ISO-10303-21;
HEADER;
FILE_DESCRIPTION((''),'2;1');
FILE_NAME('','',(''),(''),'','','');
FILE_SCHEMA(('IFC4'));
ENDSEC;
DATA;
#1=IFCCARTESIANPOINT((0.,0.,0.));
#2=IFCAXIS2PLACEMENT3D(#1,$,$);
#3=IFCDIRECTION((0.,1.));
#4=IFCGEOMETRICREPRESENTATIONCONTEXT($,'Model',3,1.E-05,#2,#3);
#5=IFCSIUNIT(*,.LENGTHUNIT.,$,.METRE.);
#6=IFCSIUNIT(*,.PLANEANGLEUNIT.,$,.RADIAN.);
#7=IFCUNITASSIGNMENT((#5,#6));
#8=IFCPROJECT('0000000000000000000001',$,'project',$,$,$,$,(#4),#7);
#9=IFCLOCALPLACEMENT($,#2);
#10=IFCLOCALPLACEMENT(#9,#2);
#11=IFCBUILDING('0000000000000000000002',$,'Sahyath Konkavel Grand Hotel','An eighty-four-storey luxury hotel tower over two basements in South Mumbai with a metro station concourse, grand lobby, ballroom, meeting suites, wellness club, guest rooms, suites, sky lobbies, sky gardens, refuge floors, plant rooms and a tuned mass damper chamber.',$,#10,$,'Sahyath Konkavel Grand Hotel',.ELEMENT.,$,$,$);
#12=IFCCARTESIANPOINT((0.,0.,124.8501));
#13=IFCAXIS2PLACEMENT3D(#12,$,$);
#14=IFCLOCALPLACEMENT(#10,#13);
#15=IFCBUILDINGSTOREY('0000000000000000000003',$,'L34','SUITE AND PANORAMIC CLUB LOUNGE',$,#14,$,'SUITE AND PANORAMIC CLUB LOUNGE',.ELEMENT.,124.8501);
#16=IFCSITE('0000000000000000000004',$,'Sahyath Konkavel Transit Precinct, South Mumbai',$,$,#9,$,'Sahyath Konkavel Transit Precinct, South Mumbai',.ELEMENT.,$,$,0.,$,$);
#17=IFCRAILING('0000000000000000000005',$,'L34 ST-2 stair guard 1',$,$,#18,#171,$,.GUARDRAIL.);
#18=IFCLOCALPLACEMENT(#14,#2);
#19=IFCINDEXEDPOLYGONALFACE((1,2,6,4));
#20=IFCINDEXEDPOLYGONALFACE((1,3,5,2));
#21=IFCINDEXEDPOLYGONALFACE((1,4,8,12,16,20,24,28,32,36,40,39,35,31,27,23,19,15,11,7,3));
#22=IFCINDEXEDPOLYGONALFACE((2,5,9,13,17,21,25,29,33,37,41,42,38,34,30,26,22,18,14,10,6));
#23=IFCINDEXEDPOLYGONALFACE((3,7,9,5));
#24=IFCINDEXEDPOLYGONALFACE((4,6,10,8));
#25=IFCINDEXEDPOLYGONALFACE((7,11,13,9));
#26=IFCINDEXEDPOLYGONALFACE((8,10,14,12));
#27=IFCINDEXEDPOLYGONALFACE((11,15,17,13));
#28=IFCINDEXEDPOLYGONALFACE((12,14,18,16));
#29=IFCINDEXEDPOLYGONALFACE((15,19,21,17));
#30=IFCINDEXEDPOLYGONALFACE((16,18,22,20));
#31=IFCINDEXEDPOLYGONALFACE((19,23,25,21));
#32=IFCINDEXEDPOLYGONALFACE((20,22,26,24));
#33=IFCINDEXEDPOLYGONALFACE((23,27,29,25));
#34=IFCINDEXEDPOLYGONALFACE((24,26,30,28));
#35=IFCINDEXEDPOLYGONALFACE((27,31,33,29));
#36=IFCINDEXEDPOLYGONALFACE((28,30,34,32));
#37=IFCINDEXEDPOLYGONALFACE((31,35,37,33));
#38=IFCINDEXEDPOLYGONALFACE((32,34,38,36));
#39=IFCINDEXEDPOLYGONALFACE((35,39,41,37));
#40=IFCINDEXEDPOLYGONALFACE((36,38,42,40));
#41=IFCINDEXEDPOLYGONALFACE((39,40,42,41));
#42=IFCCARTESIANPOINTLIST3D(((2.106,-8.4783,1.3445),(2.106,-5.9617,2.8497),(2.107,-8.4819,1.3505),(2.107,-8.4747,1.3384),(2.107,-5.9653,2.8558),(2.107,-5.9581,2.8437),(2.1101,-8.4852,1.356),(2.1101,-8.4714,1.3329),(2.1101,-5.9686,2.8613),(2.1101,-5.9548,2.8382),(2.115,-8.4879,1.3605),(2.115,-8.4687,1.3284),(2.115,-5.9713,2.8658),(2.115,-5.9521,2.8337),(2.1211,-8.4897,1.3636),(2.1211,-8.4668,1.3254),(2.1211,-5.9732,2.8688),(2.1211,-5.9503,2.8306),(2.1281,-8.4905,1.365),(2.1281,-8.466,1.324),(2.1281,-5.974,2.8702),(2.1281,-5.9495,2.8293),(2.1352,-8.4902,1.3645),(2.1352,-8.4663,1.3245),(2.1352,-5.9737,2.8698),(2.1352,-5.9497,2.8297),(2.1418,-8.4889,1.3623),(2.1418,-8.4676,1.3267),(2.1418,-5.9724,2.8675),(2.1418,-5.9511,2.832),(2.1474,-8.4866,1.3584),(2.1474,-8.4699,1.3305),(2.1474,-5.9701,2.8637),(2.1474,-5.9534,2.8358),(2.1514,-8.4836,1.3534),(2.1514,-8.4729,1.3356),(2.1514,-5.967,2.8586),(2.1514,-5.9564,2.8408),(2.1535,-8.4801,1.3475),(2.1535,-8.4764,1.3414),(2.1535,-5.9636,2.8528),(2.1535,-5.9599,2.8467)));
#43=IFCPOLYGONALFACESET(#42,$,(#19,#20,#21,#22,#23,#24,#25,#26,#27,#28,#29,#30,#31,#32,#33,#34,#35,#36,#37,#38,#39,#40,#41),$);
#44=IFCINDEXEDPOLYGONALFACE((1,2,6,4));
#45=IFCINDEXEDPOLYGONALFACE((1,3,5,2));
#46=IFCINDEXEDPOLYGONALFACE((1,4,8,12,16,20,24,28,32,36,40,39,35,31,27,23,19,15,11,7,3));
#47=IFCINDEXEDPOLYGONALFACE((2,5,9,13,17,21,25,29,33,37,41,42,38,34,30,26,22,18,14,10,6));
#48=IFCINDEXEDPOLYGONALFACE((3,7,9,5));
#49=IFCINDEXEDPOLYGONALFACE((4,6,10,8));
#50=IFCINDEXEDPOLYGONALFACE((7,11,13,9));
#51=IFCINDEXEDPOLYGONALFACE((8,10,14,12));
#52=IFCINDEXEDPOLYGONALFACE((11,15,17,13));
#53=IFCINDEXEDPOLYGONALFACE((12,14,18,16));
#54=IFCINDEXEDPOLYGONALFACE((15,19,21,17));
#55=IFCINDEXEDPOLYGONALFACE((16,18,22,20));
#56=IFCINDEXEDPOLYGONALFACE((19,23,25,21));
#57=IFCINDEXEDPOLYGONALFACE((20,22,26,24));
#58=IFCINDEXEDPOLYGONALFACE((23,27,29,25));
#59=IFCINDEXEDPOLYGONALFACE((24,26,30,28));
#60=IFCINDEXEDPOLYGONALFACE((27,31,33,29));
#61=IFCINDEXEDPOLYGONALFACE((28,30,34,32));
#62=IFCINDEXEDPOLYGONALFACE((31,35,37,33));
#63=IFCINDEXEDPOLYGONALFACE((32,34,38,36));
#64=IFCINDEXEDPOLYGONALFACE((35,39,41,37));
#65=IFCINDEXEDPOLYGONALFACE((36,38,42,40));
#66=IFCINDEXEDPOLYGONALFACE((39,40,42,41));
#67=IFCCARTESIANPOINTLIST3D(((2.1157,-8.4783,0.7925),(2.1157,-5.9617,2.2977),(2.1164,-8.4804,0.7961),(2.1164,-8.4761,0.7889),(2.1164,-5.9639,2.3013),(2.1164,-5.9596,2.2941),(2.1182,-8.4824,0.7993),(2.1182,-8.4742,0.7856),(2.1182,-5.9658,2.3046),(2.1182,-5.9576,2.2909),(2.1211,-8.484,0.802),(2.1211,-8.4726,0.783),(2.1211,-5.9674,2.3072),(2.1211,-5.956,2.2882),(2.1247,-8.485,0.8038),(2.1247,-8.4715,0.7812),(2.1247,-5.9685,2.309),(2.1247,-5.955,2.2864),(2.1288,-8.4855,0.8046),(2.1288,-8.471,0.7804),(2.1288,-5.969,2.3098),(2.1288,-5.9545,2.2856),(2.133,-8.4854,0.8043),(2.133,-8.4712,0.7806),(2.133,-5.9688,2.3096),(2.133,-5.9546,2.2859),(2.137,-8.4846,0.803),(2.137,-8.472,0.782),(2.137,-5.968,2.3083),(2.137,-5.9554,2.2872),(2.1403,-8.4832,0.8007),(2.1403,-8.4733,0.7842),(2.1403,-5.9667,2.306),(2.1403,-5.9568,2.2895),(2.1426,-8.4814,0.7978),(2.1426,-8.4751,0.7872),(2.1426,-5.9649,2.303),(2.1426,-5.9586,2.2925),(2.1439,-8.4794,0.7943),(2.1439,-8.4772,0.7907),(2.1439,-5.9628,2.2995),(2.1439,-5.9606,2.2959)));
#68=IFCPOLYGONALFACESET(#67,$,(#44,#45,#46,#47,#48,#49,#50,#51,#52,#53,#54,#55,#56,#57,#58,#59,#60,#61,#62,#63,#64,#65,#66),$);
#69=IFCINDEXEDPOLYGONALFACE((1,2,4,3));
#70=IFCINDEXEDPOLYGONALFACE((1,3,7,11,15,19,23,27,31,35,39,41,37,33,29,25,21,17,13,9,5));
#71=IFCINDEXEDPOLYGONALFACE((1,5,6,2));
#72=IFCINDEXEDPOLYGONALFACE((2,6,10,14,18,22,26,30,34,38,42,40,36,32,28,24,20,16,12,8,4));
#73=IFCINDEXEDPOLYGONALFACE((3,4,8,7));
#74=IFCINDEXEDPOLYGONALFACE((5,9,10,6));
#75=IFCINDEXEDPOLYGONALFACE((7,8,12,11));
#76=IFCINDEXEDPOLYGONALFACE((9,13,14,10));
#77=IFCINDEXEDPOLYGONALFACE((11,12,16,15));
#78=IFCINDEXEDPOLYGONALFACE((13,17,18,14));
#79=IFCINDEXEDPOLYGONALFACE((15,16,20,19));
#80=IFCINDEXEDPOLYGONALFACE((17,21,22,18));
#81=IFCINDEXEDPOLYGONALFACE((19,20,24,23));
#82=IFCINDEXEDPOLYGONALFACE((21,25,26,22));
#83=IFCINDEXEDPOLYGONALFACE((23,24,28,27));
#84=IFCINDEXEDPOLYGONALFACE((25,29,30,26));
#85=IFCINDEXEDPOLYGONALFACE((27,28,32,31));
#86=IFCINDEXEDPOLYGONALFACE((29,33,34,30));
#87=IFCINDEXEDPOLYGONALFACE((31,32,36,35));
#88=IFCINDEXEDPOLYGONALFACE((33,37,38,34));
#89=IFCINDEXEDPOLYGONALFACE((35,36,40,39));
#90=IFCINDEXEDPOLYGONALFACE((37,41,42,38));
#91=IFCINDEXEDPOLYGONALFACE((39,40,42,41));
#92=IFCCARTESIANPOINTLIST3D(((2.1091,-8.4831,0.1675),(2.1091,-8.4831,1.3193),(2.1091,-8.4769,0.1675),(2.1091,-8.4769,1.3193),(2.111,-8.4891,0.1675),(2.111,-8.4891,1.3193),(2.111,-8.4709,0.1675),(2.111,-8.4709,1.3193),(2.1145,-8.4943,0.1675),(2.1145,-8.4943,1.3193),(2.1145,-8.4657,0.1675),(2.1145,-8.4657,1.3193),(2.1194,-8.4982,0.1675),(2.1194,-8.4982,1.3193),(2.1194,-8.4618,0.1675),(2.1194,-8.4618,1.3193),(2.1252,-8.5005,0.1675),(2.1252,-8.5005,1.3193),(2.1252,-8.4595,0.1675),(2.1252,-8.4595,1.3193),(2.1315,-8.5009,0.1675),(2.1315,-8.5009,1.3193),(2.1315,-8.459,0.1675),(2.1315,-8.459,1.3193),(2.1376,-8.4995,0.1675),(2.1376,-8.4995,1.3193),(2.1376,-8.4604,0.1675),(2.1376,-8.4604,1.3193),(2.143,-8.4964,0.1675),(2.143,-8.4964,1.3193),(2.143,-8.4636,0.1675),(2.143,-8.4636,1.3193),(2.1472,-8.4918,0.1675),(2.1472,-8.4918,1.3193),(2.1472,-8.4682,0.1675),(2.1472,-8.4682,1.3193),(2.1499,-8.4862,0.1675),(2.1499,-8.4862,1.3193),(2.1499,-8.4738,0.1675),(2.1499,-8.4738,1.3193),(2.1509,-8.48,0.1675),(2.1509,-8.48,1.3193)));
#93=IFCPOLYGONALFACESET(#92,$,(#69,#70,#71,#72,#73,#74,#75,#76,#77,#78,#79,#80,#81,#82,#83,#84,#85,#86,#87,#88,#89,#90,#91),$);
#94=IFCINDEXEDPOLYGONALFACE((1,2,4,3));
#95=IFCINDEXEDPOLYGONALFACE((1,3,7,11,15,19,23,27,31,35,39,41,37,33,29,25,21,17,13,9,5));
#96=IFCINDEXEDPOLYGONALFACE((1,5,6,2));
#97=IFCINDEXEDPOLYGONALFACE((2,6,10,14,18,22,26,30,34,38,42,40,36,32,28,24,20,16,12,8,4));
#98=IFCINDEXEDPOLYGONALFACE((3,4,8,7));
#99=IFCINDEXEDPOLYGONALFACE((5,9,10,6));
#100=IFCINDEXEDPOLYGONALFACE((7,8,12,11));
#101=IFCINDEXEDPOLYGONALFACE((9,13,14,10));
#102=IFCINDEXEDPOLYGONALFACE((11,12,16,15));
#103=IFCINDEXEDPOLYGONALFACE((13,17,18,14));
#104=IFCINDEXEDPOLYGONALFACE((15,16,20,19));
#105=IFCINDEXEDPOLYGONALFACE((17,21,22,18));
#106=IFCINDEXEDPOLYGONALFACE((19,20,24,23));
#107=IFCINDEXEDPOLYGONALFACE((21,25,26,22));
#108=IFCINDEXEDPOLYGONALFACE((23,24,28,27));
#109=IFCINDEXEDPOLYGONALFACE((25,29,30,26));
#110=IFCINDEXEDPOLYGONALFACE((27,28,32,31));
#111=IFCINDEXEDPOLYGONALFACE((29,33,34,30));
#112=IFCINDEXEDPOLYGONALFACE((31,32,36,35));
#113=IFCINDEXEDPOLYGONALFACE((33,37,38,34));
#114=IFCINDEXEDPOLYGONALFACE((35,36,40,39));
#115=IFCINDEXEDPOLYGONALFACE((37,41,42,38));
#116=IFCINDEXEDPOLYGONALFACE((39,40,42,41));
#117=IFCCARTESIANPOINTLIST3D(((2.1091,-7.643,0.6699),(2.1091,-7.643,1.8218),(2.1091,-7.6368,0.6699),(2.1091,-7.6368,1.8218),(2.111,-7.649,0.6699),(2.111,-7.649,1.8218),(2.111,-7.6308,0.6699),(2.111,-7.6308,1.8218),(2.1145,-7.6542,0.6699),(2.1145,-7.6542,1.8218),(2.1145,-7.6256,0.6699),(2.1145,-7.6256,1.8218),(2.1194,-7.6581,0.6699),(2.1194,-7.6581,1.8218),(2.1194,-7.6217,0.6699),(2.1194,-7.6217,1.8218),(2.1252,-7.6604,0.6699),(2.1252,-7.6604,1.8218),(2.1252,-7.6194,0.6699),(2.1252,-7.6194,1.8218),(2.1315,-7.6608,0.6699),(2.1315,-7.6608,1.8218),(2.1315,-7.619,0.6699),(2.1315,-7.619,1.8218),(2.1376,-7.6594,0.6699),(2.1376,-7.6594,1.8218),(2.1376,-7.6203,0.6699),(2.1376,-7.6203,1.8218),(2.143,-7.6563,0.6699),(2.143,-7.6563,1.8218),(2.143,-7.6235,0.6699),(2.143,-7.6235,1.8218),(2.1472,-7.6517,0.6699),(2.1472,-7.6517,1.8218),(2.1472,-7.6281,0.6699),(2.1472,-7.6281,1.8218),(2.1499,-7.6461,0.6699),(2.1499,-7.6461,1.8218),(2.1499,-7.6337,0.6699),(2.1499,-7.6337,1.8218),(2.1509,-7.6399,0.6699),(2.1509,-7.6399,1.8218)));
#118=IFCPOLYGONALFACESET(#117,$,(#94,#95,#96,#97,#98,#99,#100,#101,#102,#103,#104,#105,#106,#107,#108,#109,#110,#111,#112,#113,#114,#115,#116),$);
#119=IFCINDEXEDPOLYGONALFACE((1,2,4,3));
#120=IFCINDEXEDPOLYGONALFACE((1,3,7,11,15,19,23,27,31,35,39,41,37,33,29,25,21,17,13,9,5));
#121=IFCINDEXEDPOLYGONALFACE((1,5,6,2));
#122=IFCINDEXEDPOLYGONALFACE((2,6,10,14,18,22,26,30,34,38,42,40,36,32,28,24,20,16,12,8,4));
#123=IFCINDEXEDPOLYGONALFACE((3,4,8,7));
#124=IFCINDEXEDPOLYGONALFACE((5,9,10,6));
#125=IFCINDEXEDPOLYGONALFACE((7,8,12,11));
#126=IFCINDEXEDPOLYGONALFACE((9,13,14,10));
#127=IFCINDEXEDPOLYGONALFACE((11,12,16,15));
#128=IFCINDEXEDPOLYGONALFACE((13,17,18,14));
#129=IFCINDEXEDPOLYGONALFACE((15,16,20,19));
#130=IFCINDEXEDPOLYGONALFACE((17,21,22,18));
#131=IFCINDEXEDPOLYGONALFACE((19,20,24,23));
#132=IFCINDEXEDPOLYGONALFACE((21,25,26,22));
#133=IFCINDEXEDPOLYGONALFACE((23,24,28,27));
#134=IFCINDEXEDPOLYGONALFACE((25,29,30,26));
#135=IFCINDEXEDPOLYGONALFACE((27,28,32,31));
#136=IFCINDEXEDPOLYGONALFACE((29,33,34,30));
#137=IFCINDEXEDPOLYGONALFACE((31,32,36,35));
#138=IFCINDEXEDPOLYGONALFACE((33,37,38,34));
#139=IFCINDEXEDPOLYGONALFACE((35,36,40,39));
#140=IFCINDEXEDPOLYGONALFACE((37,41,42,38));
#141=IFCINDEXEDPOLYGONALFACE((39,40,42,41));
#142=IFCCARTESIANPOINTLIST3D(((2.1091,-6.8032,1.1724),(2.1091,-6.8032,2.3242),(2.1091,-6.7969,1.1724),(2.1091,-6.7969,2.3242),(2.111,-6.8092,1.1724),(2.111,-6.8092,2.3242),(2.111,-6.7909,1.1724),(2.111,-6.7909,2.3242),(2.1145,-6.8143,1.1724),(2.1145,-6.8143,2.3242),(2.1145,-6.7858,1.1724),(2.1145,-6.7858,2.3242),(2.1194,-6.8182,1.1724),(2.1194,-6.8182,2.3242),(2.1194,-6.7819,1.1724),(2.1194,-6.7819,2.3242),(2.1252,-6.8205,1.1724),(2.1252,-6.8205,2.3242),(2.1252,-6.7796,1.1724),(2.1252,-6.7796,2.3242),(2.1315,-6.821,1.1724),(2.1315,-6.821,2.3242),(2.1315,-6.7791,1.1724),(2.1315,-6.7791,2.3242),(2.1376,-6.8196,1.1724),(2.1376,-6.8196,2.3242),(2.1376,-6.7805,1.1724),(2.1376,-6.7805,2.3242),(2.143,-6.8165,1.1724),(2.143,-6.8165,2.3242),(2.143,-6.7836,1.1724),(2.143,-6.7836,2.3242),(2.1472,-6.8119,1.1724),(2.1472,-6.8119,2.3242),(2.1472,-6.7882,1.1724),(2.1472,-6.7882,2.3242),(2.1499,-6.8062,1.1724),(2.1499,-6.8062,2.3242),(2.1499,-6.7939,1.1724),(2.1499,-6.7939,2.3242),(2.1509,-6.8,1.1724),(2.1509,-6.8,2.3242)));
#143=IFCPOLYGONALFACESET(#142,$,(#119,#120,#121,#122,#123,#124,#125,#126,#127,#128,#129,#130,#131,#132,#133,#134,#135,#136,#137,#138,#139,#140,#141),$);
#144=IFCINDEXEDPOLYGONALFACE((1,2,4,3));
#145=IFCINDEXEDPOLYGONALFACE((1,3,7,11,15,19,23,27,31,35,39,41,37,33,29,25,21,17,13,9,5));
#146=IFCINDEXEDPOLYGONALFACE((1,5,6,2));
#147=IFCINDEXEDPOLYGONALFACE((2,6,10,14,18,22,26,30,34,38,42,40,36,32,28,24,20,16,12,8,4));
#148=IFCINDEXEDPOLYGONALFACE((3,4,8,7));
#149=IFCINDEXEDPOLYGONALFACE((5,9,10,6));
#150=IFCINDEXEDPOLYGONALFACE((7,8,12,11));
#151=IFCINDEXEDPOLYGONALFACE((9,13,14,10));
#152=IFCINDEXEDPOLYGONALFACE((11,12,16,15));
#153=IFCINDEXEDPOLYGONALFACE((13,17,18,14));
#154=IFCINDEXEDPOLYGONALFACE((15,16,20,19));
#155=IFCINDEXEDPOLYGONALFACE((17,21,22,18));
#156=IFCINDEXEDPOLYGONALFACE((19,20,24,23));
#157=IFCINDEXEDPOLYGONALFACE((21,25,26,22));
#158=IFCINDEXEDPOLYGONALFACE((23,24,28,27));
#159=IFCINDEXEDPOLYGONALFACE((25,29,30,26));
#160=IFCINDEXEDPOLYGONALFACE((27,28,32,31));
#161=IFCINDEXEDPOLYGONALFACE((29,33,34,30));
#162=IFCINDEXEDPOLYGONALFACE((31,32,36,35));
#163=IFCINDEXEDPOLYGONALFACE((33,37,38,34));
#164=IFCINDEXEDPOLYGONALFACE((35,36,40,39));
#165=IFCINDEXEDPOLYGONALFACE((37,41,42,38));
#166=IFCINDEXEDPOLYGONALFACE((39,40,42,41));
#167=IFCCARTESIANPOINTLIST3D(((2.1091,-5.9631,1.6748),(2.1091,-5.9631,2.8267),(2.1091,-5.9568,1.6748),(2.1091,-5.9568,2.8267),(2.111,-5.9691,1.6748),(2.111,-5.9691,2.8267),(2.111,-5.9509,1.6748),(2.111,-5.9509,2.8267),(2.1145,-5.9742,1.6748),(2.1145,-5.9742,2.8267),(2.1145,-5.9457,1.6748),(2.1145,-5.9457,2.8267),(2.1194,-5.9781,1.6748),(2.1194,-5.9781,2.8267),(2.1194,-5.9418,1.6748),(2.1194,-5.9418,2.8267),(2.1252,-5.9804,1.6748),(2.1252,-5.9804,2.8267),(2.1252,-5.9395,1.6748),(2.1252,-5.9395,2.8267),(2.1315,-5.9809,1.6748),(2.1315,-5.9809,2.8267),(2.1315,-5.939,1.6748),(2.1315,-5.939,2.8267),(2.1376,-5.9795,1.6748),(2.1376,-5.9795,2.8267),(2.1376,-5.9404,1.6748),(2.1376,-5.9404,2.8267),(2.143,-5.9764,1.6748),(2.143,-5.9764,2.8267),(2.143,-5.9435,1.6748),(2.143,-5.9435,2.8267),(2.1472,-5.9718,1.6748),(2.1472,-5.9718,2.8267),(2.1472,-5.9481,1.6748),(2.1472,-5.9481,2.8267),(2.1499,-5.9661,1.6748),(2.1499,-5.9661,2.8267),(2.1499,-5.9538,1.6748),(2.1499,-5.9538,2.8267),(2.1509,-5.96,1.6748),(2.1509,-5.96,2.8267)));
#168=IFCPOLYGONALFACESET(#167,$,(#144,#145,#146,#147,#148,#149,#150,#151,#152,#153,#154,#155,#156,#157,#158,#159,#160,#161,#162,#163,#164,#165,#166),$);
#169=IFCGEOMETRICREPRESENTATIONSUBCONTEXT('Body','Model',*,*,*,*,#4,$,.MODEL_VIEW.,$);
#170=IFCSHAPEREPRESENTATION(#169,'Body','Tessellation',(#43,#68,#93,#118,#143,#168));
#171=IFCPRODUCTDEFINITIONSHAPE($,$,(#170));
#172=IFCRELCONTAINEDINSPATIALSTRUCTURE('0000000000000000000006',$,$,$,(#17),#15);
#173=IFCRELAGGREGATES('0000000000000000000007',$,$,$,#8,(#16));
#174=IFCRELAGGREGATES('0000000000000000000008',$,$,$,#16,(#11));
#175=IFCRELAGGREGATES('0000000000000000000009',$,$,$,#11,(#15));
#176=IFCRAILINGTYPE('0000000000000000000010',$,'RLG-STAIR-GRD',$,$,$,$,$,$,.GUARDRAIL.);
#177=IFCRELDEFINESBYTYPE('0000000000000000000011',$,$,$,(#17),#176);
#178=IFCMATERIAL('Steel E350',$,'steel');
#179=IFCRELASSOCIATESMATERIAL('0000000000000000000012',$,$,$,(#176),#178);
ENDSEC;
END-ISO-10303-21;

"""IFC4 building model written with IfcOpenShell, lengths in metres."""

from ifc_helpers import new_model, si_unit, direction, frame, origin, origin_2d, place, context, subcontext, project, spatial, circle, extrude, material, type_object, element, save


model = new_model("IFC4")

# Units and contexts
model_context = context("Model", 3, precision=1e-05, world=origin(), true_north=direction((0.0, 1.0)))
body_context = subcontext(model_context, "Body", "Model", "MODEL_VIEW")
ifc_project = project(units=[si_unit("LENGTHUNIT", "METRE"), si_unit("PLANEANGLEUNIT", "RADIAN")], contexts=[model_context])

# Site, building, storey
site_placement = place(None, origin())
site = spatial("IfcSite", under=ifc_project, at=site_placement, Name="Sahyath Konkavel Transit Precinct, South Mumbai", LongName="Sahyath Konkavel Transit Precinct, South Mumbai", CompositionType="ELEMENT", RefElevation=0.0)
building_placement = place(site_placement, origin())
building = spatial("IfcBuilding", under=site, at=building_placement, Name="Sahyath Konkavel Grand Hotel", Description="An eighty-four-storey luxury hotel tower over two basements in South Mumbai with a metro station concourse, grand lobby, ballroom, meeting suites, wellness club, guest rooms, suites, sky lobbies, sky gardens, refuge floors, plant rooms and a tuned mass damper chamber.", LongName="Sahyath Konkavel Grand Hotel", CompositionType="ELEMENT")
storey_placement = place(building_placement, frame((0.0, 0.0, 124.8501)))
storey = spatial("IfcBuildingStorey", under=building, at=storey_placement, Name="L34", Description="SUITE AND PANORAMIC CLUB LOUNGE", LongName="SUITE AND PANORAMIC CLUB LOUNGE", CompositionType="ELEMENT", Elevation=124.8501)

# Shared definitions
ifc_material_1 = material(Name="Steel E350", Category="steel")

# Railing
railing_type_1 = type_object("IfcRailingType", Name="RLG-STAIR-GRD", PredefinedType="GUARDRAIL", material=ifc_material_1)
railing_1_placement = place(storey_placement, frame((2.1299, -8.48, 0.1675)))
element("IfcRailing", 1, at=railing_1_placement, inside=storey, type_object=railing_type_1, Name="L34 ST-2 stair guard 1", PredefinedType="GUARDRAIL", context=body_context, shape_type="SweptSolid", body=[
    extrude(circle(Radius=0.0239, at=origin_2d()), frame((0.0, 0.0017, 1.177), z_axis=(0.0, 0.858196, 0.513321), x_axis=(-1.0, 0.0, 0.0)), (0.0, 0.0, 1.0), 2.9324),
    extrude(circle(Radius=0.0142, at=origin_2d()), frame((0.0, 0.0017, 0.625), z_axis=(0.0, 0.858196, 0.513321), x_axis=(-1.0, 0.0, 0.0)), (0.0, 0.0, 1.0), 2.9324),
    extrude(circle(Radius=0.021, at=origin_2d()), origin(), (0.0, 0.0, 1.0), 1.1519),
    extrude(circle(Radius=0.021, at=origin_2d()), frame((0.0, 0.8401, 0.5024)), (0.0, 0.0, 1.0), 1.1519),
    extrude(circle(Radius=0.021, at=origin_2d()), frame((0.0, 1.6799, 1.0049)), (0.0, 0.0, 1.0), 1.1519),
    extrude(circle(Radius=0.021, at=origin_2d()), frame((0.0, 2.52, 1.5073)), (0.0, 0.0, 1.0), 1.1519),
])

save(model, "model.ifc")
